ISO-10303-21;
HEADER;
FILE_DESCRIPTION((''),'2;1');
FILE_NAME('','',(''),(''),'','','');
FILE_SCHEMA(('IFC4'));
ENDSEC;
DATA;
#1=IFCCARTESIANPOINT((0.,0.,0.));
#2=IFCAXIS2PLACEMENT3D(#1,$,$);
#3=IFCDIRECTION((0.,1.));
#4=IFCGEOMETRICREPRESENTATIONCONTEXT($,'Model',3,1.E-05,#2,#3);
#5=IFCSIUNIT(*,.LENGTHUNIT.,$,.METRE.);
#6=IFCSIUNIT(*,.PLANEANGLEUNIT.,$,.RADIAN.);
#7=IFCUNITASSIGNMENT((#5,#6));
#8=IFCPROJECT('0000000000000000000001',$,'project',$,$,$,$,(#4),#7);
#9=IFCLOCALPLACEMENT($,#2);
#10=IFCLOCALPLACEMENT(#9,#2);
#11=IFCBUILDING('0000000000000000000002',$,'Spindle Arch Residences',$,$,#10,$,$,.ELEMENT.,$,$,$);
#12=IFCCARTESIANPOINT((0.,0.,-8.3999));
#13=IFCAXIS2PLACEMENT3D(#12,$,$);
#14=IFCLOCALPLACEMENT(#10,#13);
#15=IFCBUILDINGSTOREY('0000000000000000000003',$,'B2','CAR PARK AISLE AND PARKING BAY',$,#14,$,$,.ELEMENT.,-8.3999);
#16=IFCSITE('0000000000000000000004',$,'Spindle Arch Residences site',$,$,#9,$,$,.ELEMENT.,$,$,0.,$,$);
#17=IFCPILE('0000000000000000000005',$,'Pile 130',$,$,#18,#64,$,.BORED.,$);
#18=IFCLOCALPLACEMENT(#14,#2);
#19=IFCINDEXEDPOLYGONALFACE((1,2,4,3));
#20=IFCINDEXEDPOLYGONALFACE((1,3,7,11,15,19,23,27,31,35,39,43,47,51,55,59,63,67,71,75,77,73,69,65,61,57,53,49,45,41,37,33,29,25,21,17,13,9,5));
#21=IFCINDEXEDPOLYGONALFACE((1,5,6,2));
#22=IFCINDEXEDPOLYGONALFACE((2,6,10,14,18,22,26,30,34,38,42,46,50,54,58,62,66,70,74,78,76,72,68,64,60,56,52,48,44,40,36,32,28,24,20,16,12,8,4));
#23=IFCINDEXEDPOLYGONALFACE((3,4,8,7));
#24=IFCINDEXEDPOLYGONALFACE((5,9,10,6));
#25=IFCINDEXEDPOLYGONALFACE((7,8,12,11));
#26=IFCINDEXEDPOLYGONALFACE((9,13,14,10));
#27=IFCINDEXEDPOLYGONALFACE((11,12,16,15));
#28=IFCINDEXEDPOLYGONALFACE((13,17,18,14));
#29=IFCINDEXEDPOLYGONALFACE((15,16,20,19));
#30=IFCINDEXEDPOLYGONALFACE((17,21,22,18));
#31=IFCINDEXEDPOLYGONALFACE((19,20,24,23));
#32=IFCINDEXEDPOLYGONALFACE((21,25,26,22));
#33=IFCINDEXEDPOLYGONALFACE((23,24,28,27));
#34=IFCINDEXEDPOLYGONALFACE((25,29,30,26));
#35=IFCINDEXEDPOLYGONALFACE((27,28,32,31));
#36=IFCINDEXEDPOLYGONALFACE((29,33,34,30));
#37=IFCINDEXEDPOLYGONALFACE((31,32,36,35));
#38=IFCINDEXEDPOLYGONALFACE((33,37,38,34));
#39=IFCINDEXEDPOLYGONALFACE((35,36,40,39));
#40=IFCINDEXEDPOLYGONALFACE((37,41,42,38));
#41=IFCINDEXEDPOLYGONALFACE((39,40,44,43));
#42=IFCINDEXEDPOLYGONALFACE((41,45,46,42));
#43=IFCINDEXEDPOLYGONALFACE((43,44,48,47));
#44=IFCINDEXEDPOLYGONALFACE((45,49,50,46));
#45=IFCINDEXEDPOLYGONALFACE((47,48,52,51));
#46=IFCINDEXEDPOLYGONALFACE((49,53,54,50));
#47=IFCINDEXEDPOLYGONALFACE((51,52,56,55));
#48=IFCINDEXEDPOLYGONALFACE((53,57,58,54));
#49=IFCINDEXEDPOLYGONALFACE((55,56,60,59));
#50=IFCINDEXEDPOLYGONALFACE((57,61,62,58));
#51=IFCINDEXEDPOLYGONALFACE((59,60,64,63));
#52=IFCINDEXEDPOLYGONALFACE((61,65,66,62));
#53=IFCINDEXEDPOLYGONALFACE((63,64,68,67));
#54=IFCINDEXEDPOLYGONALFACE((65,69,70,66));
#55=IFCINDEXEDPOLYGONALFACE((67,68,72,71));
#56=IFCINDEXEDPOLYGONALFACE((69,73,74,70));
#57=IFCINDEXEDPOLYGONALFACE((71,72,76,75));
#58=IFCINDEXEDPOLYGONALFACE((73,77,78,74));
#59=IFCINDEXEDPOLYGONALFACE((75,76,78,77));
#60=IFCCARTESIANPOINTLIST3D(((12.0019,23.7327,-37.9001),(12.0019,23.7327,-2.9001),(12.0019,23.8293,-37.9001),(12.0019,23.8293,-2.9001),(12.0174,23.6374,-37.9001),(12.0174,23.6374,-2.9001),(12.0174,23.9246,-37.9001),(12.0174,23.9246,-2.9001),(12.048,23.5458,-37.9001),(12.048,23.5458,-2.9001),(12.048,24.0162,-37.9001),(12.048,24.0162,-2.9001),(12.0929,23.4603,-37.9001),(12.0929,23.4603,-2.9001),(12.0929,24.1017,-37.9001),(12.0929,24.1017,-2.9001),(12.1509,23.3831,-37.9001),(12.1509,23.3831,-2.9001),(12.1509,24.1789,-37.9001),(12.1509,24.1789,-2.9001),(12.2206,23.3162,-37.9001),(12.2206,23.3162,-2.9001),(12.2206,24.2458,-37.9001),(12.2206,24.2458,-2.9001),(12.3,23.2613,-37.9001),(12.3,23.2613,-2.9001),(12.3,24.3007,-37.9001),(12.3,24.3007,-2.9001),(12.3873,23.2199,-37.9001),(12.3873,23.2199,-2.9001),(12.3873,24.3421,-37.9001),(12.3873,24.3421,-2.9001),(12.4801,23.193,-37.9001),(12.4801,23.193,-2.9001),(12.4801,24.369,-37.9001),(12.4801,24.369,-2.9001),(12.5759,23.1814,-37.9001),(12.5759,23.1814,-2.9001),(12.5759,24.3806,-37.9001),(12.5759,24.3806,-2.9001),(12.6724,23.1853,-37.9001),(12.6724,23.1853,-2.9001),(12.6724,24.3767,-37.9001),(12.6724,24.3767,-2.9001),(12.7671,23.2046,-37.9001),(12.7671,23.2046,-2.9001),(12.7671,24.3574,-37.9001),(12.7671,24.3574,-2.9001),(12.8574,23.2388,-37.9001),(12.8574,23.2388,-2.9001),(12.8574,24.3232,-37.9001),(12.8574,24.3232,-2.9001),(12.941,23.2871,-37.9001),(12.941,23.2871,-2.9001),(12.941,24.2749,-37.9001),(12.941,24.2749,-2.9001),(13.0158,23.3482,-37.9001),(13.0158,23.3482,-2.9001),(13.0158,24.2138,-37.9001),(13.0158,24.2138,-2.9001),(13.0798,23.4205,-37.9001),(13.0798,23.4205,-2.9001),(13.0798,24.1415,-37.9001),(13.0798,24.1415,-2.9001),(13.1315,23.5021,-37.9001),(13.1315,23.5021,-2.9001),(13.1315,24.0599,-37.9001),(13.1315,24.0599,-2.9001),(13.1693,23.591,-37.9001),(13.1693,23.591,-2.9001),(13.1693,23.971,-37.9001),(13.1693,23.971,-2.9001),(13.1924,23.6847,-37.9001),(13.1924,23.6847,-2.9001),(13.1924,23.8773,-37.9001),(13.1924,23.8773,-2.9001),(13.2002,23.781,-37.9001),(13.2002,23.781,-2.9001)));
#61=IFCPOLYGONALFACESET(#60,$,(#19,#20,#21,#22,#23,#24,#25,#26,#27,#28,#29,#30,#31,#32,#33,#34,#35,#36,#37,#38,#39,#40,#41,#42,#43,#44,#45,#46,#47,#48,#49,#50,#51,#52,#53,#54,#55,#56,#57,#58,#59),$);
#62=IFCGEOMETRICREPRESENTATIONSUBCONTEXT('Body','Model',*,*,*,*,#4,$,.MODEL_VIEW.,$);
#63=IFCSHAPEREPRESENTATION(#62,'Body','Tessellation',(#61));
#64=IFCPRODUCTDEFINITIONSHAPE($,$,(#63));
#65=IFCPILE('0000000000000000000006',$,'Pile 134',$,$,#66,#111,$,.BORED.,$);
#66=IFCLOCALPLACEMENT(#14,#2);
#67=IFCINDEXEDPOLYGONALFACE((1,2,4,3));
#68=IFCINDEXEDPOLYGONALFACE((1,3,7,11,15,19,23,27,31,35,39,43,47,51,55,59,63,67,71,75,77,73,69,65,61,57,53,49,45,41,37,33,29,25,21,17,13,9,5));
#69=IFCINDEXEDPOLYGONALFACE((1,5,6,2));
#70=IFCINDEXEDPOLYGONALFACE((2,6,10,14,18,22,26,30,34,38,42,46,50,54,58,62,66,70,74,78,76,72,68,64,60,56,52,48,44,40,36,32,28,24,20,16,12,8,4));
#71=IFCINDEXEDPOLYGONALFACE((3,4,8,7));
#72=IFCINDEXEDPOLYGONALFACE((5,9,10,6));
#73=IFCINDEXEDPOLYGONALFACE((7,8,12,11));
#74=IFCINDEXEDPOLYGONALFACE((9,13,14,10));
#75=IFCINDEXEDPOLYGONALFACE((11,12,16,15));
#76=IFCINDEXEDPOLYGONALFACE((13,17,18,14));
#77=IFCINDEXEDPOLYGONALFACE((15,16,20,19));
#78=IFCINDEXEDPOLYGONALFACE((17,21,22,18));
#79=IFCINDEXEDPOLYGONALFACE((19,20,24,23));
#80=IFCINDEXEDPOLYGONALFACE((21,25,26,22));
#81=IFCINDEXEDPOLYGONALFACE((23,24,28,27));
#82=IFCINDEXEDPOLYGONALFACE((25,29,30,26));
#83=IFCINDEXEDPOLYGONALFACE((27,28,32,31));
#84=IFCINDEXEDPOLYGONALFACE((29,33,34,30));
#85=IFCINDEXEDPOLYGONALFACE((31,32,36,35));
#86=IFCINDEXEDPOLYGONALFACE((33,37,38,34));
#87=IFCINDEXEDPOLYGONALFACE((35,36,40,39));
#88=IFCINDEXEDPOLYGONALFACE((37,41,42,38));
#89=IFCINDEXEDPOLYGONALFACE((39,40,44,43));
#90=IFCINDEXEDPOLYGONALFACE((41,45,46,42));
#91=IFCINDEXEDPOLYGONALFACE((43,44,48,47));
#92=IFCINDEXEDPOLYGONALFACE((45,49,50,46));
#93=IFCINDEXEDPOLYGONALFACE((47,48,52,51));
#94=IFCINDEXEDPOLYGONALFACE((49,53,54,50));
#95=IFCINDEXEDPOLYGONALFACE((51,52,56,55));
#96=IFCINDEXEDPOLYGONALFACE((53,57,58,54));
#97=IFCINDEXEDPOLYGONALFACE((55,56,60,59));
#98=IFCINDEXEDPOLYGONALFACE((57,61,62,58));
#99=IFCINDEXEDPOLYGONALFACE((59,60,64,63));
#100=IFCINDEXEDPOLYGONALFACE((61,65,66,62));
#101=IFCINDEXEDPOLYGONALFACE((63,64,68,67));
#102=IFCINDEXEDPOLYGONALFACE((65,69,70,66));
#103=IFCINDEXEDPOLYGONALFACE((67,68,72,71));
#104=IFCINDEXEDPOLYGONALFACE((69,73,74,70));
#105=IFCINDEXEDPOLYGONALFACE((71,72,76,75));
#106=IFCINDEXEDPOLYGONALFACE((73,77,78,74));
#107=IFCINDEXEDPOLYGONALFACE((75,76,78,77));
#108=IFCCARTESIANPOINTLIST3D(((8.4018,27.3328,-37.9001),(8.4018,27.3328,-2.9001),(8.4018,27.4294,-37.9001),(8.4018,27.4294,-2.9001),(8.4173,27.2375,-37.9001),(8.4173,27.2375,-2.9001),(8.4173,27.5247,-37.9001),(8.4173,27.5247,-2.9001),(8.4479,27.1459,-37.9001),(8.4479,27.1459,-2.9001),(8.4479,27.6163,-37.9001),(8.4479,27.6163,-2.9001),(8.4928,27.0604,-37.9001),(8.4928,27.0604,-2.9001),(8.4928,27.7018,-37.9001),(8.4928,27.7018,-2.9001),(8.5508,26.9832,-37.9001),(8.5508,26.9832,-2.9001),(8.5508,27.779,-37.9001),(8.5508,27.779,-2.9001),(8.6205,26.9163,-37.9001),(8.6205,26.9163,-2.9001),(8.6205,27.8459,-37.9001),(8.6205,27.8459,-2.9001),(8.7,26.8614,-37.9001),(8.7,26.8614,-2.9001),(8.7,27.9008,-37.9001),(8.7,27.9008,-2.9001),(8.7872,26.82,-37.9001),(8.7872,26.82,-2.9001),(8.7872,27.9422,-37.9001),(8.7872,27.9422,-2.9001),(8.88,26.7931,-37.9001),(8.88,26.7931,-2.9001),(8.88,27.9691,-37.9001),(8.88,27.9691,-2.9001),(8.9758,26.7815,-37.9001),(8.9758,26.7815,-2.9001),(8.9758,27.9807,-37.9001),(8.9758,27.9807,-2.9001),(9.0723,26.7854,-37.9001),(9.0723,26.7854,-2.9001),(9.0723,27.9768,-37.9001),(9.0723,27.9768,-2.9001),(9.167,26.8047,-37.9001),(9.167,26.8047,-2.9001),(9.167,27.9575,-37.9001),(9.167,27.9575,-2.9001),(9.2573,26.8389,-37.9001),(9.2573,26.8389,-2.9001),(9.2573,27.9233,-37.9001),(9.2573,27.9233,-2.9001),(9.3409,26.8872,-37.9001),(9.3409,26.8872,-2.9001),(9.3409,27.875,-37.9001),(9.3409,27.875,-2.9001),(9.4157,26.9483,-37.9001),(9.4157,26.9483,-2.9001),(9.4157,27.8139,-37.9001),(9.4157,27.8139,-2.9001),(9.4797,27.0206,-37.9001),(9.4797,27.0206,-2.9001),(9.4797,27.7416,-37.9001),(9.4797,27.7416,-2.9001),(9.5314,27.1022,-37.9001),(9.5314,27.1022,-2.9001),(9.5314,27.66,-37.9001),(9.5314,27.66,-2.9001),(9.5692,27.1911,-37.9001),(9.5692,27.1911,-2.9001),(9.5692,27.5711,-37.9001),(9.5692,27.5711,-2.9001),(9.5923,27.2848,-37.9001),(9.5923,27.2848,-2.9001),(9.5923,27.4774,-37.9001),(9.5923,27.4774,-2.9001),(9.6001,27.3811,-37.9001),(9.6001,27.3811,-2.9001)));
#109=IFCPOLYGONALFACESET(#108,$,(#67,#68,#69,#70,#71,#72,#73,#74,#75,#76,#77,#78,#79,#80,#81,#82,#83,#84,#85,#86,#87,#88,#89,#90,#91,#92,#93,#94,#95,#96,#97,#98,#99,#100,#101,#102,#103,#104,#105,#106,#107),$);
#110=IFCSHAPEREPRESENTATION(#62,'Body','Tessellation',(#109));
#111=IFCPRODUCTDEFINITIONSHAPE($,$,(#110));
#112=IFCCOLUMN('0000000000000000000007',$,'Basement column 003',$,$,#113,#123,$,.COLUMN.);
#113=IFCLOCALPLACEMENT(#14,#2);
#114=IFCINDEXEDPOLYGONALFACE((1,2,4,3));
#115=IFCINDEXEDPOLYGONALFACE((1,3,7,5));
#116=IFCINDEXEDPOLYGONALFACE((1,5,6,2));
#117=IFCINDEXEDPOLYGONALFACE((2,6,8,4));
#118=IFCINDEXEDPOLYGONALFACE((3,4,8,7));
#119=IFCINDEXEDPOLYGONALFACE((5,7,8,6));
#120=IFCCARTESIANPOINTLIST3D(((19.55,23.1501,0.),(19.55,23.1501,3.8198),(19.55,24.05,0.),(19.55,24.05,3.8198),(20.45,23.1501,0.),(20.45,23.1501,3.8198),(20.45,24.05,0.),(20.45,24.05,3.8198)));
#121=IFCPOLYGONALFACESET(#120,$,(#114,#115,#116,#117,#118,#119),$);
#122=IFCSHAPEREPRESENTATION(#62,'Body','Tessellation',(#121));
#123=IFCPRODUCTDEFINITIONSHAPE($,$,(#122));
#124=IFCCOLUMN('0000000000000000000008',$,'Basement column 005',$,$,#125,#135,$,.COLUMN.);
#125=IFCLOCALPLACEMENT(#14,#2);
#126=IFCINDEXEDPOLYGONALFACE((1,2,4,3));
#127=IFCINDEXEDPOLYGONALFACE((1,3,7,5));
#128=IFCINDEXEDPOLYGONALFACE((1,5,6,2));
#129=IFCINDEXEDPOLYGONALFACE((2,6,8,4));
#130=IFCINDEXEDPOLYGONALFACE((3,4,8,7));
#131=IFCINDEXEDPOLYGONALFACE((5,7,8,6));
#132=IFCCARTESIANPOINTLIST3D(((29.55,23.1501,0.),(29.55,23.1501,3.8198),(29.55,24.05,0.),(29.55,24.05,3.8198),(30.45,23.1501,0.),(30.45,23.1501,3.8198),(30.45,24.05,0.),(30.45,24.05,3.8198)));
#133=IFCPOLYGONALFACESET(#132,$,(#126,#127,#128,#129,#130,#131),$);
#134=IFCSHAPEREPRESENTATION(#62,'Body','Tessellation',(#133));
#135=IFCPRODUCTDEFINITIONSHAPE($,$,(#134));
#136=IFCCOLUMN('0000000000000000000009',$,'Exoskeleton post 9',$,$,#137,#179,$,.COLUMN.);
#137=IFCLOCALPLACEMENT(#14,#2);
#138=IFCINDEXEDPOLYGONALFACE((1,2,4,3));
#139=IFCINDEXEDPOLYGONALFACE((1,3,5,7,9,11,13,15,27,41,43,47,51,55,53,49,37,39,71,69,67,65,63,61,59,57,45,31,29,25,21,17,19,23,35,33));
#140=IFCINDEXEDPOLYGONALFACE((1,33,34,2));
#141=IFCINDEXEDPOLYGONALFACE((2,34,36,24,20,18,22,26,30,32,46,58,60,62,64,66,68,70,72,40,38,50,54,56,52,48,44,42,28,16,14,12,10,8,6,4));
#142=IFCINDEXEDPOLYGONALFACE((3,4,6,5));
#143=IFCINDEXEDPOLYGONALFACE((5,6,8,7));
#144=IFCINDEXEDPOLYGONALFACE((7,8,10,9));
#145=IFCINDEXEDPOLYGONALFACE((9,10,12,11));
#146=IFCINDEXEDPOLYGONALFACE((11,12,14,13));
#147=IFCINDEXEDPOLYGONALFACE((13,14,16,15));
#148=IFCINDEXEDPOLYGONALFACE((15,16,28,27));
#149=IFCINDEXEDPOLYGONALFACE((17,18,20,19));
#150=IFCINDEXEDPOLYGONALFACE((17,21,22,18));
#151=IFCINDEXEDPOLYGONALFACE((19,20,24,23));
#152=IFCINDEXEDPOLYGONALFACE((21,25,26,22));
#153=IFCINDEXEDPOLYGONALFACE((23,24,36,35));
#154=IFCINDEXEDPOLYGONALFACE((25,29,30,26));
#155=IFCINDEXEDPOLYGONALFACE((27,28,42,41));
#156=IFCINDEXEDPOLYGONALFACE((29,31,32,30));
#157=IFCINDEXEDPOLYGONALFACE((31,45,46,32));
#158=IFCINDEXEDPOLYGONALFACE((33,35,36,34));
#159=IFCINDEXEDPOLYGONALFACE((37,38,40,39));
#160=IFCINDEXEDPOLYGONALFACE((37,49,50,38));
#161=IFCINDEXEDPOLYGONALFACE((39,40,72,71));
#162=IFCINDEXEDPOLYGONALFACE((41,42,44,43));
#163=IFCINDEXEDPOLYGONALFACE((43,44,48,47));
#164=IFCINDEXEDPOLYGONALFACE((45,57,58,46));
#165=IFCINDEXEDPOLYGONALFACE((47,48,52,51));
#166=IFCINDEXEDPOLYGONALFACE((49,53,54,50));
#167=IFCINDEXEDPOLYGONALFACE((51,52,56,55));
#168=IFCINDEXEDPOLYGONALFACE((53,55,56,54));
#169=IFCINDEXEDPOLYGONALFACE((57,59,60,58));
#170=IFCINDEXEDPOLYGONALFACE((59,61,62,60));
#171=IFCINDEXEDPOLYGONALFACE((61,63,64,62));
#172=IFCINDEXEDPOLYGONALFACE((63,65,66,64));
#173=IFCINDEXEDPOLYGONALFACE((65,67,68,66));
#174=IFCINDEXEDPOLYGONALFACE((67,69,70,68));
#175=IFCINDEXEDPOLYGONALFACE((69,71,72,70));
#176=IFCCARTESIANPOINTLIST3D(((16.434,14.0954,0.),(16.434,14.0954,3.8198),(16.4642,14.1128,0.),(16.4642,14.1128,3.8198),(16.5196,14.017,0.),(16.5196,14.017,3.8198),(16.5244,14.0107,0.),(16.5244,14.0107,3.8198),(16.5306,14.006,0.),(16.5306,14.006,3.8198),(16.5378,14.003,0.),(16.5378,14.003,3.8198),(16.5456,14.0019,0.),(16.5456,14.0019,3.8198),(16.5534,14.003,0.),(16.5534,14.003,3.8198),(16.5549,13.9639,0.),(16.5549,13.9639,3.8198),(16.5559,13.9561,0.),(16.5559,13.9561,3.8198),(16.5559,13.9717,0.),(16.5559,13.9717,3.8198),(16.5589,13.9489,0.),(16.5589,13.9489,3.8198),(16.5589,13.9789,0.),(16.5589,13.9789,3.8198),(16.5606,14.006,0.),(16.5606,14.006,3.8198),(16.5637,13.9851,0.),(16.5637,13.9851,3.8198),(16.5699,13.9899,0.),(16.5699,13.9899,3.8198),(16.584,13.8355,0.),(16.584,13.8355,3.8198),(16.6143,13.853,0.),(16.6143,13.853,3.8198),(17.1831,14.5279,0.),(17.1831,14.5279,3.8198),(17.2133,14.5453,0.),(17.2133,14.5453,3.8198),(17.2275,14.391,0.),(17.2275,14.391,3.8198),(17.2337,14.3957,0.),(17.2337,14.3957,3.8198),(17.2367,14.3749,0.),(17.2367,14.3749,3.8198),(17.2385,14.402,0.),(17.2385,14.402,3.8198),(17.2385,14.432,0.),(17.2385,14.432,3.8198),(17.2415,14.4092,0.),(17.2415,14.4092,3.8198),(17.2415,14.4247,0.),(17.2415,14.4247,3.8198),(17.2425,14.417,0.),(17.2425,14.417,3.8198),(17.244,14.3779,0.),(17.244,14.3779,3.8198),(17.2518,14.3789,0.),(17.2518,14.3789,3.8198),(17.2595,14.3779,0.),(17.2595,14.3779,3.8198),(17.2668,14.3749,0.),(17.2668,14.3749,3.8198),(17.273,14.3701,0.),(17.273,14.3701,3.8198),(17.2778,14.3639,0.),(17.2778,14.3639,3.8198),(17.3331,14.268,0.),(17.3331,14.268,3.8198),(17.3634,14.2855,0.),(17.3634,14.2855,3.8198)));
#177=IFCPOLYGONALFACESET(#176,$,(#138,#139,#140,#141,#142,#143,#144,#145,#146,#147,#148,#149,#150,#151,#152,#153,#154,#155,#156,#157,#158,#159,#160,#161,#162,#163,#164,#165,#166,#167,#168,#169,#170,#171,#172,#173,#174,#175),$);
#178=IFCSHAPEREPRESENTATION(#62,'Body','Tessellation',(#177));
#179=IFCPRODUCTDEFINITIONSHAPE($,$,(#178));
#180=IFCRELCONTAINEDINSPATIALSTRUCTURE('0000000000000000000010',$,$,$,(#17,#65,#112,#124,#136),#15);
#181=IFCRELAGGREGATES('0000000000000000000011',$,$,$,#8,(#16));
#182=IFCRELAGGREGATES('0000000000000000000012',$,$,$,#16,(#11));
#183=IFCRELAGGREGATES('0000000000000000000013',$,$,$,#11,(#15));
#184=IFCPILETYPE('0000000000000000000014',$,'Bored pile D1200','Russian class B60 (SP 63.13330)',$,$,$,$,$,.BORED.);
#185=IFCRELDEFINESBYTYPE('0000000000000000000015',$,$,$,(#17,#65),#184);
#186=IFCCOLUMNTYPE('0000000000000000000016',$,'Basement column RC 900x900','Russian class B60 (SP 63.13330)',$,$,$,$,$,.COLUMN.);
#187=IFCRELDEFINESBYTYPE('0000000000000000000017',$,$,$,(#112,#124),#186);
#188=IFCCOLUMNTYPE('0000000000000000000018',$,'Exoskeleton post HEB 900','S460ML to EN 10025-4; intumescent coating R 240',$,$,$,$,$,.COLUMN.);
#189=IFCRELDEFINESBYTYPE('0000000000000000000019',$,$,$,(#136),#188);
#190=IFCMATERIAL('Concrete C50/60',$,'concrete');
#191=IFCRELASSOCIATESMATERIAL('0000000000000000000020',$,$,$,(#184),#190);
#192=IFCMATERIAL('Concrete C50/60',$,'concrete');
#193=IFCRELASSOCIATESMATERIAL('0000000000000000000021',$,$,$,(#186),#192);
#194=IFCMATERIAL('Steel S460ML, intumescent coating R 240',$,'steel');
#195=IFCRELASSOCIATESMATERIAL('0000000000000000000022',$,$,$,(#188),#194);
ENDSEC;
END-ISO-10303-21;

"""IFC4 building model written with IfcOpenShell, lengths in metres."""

from ifc_helpers import new_model, si_unit, direction, frame, origin, origin_2d, place, context, subcontext, project, spatial, rectangle, circle, i_section, extrude, material, material_profile, profile_set, type_object, element, save


model = new_model("IFC4")

# Units and contexts
model_context = context("Model", 3, precision=1e-05, world=origin(), true_north=direction((0.0, 1.0)))
body_context = subcontext(model_context, "Body", "Model", "MODEL_VIEW")
ifc_project = project(units=[si_unit("LENGTHUNIT", "METRE"), si_unit("PLANEANGLEUNIT", "RADIAN")], contexts=[model_context])

# Site, building, storey
site_placement = place(None, origin())
site = spatial("IfcSite", under=ifc_project, at=site_placement, Name="Spindle Arch Residences site", CompositionType="ELEMENT", RefElevation=0.0)
building_placement = place(site_placement, origin())
building = spatial("IfcBuilding", under=site, at=building_placement, Name="Spindle Arch Residences", CompositionType="ELEMENT")
storey_placement = place(building_placement, frame((0.0, 0.0, -8.3999)))
storey = spatial("IfcBuildingStorey", under=building, at=storey_placement, Name="B2", Description="CAR PARK AISLE AND PARKING BAY", CompositionType="ELEMENT", Elevation=-8.3999)

# Piles
ifc_material_1 = material(Name="Concrete C50/60", Category="concrete")
ifc_material_profile_1 = material_profile(ifc_material_1, circle(Radius=0.6001, at=origin_2d()), Name="BP D1200")
ifc_profile_set_1 = profile_set([ifc_material_profile_1], Name="Concrete C50/60")
pile_type = type_object("IfcPileType", Name="Bored pile D1200", Description="Russian class B60 (SP 63.13330)", PredefinedType="BORED", material=ifc_profile_set_1)
for number, where, z_axis, x_axis, name in (
    (1, (12.6001, 23.781, -2.9001), (0.0, 0.0, -1.0), (1.0, 0.0, 0.0), "Pile 130"),
    (2, (9.0, 27.3811, -2.9001), (0.0, 0.0, -1.0), (1.0, 0.0, 0.0), "Pile 134"),
):
    element("IfcPile", number, at=place(storey_placement, frame(where, z_axis=z_axis, x_axis=x_axis)), inside=storey, type_object=pile_type, Name=name, PredefinedType="BORED", context=body_context, shape_type="SweptSolid", body=[
        extrude(circle(Radius=0.6001, at=origin_2d()), origin(), (0.0, 0.0, 1.0), 35.0),
    ])

# Columns
ifc_material_2 = material(Name="Concrete C50/60", Category="concrete")
ifc_material_profile_2 = material_profile(ifc_material_2, rectangle(XDim=0.8999, YDim=0.8999, at=origin_2d()), Name="RC 900x900")
ifc_profile_set_2 = profile_set([ifc_material_profile_2], Name="Concrete C50/60")
column_type_1 = type_object("IfcColumnType", Name="Basement column RC 900x900", Description="Russian class B60 (SP 63.13330)", PredefinedType="COLUMN", material=ifc_profile_set_2)
for number, where, z_axis, x_axis, name in (
    (3, (20.0, 23.6001, 0.0), (0.0, 0.0, 1.0), (1.0, 0.0, 0.0), "Basement column 003"),
    (4, (30.0, 23.6001, 0.0), (0.0, 0.0, 1.0), (1.0, 0.0, 0.0), "Basement column 005"),
):
    element("IfcColumn", number, at=place(storey_placement, frame(where, z_axis=z_axis, x_axis=x_axis)), inside=storey, type_object=column_type_1, Name=name, PredefinedType="COLUMN", context=body_context, shape_type="SweptSolid", body=[
        extrude(rectangle(XDim=0.8999, YDim=0.8999, at=origin_2d()), origin(), (0.0, 0.0, 1.0), 3.8198),
    ])
ifc_material_3 = material(Name="Steel S460ML, intumescent coating R 240", Category="steel")
ifc_material_profile_3 = material_profile(ifc_material_3, i_section(OverallWidth=0.3, OverallDepth=0.8999, WebThickness=0.0186, FlangeThickness=0.0349, FilletRadius=0.03, at=origin_2d()), Name="HEB 900")
ifc_profile_set_3 = profile_set([ifc_material_profile_3], Name="Steel S460ML, intumescent coating R 240")
column_type_2 = type_object("IfcColumnType", Name="Exoskeleton post HEB 900", Description="S460ML to EN 10025-4; intumescent coating R 240", PredefinedType="COLUMN", material=ifc_profile_set_3)
for number, where, z_axis, x_axis, name in (
    (5, (16.8987, 14.1904, 0.0), (0.0, 0.0, 1.0), (0.5, -0.866025, 0.0), "Exoskeleton post 9"),
):
    element("IfcColumn", number, at=place(storey_placement, frame(where, z_axis=z_axis, x_axis=x_axis)), inside=storey, type_object=column_type_2, Name=name, PredefinedType="COLUMN", context=body_context, shape_type="SweptSolid", body=[
        extrude(i_section(OverallWidth=0.3, OverallDepth=0.8999, WebThickness=0.0186, FlangeThickness=0.0349, FilletRadius=0.03, at=origin_2d()), origin(), (0.0, 0.0, 1.0), 3.8198),
    ])

save(model, "model.ifc")
